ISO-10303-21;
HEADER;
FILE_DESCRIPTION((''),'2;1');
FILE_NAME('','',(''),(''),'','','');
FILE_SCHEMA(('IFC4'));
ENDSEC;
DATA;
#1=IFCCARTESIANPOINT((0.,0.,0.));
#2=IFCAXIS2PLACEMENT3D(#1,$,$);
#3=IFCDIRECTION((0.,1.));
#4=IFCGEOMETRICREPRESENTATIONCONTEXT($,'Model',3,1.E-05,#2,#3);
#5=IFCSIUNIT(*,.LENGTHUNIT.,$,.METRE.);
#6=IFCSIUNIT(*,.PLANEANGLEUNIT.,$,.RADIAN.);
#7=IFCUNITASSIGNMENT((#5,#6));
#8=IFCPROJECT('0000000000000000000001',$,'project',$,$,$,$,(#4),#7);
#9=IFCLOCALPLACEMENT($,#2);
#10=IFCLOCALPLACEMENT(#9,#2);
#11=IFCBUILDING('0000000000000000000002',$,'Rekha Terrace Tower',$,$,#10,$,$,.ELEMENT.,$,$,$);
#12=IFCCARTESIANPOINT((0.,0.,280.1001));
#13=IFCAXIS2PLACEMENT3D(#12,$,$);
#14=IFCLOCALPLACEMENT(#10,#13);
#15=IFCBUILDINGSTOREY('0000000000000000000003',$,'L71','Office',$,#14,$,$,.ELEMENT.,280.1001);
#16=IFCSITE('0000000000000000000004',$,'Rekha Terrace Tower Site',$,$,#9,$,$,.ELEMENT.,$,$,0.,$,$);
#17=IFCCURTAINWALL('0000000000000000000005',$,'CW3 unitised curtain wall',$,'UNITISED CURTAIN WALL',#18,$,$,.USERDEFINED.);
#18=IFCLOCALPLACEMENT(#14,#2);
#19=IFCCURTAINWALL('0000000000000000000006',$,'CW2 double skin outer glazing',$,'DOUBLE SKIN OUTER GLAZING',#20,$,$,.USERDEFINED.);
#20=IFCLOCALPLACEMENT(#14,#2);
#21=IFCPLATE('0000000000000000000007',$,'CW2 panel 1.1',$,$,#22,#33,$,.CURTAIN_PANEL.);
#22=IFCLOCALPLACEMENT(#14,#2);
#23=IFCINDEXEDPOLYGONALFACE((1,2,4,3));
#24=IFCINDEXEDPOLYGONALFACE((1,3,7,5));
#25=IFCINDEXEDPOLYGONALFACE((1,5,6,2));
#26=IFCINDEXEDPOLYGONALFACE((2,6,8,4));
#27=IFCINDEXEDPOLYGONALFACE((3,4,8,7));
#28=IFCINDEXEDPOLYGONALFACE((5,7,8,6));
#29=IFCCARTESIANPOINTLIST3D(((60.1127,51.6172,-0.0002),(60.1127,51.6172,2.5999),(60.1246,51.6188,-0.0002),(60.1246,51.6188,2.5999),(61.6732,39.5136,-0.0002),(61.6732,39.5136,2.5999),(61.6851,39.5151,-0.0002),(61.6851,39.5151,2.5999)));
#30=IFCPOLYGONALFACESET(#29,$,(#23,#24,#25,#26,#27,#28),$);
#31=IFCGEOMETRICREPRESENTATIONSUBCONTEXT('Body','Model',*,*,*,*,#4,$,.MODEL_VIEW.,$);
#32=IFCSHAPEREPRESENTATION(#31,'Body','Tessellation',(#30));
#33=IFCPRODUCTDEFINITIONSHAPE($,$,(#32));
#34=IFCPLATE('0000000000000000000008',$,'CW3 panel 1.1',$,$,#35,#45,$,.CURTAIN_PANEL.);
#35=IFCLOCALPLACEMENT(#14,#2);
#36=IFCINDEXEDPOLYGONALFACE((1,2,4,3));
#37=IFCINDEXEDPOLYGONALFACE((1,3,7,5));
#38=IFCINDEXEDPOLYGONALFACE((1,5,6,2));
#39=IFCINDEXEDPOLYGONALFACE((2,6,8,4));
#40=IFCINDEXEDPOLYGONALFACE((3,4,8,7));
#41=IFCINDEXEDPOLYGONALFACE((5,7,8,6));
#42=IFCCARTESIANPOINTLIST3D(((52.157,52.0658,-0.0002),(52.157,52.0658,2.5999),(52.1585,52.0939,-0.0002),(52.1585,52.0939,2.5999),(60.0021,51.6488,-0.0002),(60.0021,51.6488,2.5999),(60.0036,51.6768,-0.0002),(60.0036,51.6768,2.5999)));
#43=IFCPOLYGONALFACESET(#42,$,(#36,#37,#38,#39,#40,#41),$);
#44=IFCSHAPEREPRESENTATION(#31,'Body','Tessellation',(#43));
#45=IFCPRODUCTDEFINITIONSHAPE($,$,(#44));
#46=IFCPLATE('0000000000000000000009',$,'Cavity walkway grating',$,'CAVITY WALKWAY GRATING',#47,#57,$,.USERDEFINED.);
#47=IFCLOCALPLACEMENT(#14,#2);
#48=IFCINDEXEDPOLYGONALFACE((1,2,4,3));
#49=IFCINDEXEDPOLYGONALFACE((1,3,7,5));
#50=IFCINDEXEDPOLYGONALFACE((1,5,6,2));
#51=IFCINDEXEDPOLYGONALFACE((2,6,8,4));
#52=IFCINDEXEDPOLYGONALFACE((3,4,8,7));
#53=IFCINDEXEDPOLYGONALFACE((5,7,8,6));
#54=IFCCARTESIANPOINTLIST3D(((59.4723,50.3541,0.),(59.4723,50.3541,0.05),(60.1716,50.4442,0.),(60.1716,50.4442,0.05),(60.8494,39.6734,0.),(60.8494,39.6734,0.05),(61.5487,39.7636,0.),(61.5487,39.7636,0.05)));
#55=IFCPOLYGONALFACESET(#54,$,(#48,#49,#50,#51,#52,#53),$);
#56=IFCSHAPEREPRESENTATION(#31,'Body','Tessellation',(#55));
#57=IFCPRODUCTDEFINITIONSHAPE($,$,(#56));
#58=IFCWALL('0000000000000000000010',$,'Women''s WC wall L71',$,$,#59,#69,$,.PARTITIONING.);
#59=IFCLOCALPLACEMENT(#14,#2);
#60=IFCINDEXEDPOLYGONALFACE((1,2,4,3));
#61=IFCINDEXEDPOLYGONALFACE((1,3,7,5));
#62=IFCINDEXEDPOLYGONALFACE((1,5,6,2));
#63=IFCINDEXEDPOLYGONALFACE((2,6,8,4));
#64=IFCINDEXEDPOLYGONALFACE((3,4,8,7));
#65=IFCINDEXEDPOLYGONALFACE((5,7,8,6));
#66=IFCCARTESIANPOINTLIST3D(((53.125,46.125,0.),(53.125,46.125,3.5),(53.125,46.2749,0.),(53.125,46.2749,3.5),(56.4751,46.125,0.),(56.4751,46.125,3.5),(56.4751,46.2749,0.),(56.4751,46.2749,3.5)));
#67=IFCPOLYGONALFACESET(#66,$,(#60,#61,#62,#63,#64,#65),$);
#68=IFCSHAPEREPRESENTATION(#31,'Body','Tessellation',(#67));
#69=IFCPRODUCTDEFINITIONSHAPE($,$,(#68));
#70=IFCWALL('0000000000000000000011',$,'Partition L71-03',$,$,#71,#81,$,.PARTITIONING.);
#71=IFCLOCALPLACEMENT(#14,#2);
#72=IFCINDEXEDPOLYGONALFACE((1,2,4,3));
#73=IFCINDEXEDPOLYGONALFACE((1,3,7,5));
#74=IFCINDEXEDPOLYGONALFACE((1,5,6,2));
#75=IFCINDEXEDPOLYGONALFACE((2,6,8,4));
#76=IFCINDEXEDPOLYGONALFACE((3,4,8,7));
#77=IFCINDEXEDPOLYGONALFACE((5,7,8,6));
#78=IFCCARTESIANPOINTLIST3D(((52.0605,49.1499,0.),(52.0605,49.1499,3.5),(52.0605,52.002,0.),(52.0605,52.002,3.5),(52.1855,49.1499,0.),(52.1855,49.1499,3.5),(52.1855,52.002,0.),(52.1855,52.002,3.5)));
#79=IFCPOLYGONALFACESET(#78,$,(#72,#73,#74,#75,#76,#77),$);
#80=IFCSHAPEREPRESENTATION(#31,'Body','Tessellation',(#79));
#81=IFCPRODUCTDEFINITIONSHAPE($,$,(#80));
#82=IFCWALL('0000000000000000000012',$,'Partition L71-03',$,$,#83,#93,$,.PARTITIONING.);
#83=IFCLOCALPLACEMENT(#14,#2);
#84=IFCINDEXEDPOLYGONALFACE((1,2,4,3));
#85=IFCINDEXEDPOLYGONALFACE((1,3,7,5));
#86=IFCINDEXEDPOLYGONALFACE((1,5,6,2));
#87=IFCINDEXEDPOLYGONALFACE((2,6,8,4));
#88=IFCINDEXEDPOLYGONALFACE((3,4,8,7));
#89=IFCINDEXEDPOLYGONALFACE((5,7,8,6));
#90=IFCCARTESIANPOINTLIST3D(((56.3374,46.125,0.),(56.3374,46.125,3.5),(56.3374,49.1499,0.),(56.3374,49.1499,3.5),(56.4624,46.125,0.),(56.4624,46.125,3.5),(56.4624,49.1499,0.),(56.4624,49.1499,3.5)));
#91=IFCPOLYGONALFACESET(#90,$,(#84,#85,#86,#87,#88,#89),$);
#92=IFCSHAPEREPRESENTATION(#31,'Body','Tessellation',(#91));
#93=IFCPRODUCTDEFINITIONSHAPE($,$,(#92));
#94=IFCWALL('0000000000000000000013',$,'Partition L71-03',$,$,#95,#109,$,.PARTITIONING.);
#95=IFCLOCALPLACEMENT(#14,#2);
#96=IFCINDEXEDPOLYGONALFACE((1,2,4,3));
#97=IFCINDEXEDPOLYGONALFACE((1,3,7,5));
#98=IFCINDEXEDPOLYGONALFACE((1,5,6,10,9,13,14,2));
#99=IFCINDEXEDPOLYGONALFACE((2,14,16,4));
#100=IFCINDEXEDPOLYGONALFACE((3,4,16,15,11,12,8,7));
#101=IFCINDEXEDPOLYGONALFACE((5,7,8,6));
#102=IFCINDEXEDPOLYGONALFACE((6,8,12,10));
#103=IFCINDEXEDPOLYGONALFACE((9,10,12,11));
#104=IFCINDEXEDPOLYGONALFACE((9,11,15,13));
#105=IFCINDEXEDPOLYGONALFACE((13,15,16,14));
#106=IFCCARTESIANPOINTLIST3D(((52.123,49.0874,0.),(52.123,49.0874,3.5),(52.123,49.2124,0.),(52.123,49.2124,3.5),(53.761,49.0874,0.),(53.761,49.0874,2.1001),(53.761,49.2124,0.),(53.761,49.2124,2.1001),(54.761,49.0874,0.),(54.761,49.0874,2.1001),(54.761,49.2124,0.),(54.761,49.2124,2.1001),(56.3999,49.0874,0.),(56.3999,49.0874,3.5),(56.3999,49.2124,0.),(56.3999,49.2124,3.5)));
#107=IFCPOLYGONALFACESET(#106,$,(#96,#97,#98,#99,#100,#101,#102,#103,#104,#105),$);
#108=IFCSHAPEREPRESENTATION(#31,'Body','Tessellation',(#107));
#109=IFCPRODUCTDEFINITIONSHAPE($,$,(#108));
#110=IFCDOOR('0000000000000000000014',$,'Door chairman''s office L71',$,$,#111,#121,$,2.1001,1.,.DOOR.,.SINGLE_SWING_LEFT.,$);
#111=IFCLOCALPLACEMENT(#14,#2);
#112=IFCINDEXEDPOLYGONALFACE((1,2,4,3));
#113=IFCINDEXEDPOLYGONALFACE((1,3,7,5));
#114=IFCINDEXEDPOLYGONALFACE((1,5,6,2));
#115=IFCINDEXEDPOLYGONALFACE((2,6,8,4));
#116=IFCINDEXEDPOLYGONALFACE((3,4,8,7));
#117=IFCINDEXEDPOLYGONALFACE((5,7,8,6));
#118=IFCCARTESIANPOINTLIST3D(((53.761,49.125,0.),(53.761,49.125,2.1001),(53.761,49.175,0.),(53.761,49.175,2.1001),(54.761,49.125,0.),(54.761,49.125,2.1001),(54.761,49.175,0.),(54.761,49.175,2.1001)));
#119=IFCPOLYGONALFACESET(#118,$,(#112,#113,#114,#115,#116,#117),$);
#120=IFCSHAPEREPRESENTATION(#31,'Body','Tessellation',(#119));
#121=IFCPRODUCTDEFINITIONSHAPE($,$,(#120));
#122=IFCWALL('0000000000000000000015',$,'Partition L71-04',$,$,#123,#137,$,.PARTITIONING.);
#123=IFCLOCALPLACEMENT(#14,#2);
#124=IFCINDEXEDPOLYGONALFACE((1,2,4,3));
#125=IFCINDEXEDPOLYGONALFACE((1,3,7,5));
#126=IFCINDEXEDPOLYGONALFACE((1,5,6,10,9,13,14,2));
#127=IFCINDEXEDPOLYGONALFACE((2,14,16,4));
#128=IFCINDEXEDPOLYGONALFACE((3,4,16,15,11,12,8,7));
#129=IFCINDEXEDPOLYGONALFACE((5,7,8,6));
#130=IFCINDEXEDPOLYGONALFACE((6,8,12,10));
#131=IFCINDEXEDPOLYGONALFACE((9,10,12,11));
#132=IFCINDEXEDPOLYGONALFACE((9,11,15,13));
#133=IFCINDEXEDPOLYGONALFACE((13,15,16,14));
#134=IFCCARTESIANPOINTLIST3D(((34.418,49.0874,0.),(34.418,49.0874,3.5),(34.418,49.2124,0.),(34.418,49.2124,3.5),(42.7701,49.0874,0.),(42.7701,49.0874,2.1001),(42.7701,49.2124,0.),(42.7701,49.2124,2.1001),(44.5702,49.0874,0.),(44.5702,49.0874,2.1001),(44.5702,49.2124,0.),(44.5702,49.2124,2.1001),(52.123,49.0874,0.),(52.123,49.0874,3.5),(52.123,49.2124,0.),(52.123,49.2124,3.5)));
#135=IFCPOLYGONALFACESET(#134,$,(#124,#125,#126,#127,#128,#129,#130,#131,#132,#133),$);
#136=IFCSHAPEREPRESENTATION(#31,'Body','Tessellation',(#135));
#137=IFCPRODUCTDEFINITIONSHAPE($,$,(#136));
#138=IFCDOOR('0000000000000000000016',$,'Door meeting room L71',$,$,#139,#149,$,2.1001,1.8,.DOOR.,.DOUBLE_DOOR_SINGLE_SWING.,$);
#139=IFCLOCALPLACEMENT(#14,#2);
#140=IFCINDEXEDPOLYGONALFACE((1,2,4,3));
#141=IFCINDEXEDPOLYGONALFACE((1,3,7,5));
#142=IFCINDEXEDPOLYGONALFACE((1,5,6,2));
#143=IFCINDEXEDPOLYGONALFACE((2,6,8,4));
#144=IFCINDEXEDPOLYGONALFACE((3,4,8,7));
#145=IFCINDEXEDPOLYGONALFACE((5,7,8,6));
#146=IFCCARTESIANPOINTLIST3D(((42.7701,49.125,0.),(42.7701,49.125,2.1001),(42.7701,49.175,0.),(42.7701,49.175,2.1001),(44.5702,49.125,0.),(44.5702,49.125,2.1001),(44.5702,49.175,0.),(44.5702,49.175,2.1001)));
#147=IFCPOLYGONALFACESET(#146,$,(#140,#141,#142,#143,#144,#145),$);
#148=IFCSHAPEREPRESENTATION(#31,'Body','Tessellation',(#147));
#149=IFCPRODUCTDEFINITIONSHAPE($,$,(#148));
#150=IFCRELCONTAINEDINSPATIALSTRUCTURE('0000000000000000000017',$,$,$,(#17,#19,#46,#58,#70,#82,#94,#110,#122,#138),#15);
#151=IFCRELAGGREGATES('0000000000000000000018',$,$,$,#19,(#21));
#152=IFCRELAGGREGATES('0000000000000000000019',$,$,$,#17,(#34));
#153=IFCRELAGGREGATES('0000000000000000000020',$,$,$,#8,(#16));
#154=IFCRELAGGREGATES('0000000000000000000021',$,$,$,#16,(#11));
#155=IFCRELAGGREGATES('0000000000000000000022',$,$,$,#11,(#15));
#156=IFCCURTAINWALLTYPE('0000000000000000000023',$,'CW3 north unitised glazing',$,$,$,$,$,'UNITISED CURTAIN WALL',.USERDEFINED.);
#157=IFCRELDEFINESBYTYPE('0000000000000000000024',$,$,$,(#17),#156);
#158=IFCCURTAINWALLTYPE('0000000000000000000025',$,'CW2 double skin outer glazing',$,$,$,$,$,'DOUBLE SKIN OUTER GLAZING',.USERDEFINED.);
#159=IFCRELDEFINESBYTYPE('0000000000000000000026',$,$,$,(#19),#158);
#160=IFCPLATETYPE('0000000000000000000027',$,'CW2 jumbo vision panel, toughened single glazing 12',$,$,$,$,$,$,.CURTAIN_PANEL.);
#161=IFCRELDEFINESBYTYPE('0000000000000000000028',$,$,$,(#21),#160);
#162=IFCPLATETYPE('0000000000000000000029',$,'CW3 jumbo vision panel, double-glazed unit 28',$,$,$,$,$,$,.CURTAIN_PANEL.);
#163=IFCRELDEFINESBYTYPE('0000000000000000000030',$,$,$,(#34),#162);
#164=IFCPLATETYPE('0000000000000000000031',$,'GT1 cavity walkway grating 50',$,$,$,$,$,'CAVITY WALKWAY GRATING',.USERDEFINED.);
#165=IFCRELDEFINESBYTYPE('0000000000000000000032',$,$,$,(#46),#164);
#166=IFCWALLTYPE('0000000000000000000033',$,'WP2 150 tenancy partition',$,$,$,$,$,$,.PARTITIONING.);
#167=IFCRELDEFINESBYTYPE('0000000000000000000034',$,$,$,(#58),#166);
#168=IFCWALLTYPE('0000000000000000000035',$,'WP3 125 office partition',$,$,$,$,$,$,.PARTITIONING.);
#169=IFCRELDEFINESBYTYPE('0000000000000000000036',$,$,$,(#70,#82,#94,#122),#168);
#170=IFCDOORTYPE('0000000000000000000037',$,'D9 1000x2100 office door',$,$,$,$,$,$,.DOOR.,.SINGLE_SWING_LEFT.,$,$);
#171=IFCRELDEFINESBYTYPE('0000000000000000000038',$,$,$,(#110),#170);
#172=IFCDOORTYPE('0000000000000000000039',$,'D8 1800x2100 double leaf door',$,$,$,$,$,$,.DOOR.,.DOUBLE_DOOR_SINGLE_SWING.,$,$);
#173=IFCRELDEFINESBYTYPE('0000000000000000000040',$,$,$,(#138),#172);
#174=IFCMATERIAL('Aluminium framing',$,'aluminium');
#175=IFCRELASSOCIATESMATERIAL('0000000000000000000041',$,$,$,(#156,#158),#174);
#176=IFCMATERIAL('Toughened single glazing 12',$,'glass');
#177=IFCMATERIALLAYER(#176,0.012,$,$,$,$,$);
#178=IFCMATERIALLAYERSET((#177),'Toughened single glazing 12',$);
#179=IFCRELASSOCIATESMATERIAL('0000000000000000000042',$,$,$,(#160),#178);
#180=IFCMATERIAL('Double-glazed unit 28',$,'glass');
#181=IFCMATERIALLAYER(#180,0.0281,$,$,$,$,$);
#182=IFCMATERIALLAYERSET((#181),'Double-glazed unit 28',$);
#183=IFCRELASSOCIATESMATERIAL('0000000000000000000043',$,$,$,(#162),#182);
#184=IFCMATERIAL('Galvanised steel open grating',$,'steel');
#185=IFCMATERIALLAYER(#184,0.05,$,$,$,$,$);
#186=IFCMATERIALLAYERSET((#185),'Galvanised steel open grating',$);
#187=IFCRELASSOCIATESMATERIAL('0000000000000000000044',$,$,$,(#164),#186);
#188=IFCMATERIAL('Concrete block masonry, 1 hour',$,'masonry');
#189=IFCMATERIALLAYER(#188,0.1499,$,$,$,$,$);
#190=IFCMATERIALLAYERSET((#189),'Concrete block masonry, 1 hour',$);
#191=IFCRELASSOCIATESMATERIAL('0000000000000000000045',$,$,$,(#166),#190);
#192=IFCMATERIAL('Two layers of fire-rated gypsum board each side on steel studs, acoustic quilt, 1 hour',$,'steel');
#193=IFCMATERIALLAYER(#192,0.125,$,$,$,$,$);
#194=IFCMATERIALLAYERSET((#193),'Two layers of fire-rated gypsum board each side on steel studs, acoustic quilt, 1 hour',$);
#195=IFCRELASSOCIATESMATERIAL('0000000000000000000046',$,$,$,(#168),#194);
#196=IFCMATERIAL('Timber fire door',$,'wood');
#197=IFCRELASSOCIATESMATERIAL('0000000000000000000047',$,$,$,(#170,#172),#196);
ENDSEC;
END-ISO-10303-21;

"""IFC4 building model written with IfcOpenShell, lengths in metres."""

from ifc_helpers import new_model, si_unit, direction, frame, frame_2d, origin, origin_2d, place, context, subcontext, project, spatial, rectangle, extrude, material, layer, layer_set, type_object, element, fill, aggregate, save


model = new_model("IFC4")

# Units and contexts
model_context = context("Model", 3, precision=1e-05, world=origin(), true_north=direction((0.0, 1.0)))
body_context = subcontext(model_context, "Body", "Model", "MODEL_VIEW")
ifc_project = project(units=[si_unit("LENGTHUNIT", "METRE"), si_unit("PLANEANGLEUNIT", "RADIAN")], contexts=[model_context])

# Site, building, storey
site_placement = place(None, origin())
site = spatial("IfcSite", under=ifc_project, at=site_placement, Name="Rekha Terrace Tower Site", CompositionType="ELEMENT", RefElevation=0.0)
building_placement = place(site_placement, origin())
building = spatial("IfcBuilding", under=site, at=building_placement, Name="Rekha Terrace Tower", CompositionType="ELEMENT")
storey_placement = place(building_placement, frame((0.0, 0.0, 280.1001)))
storey = spatial("IfcBuildingStorey", under=building, at=storey_placement, Name="L71", Description="Office", CompositionType="ELEMENT", Elevation=280.1001)

# Curtain walls
ifc_material_1 = material(Name="Aluminium framing", Category="aluminium")
curtain_wall_type_1 = type_object("IfcCurtainWallType", Name="CW3 north unitised glazing", ElementType="UNITISED CURTAIN WALL", PredefinedType="USERDEFINED", material=ifc_material_1)
curtain_wall_1_placement = place(storey_placement, origin())
curtain_wall_1 = element("IfcCurtainWall", 1, at=curtain_wall_1_placement, inside=storey, type_object=curtain_wall_type_1, Name="CW3 unitised curtain wall", ObjectType="UNITISED CURTAIN WALL", PredefinedType="USERDEFINED")
curtain_wall_type_2 = type_object("IfcCurtainWallType", Name="CW2 double skin outer glazing", ElementType="DOUBLE SKIN OUTER GLAZING", PredefinedType="USERDEFINED", material=ifc_material_1)
curtain_wall_2_placement = place(storey_placement, origin())
curtain_wall_2 = element("IfcCurtainWall", 2, at=curtain_wall_2_placement, inside=storey, type_object=curtain_wall_type_2, Name="CW2 double skin outer glazing", ObjectType="DOUBLE SKIN OUTER GLAZING", PredefinedType="USERDEFINED")

# Plates
ifc_material_2 = material(Name="Toughened single glazing 12", Category="glass")
ifc_layer_1 = layer(ifc_material_2, 0.012)
ifc_layer_set_1 = layer_set([ifc_layer_1], Name="Toughened single glazing 12")
plate_type_1 = type_object("IfcPlateType", Name="CW2 jumbo vision panel, toughened single glazing 12", PredefinedType="CURTAIN_PANEL", material=ifc_layer_set_1)
plate_1_placement = place(storey_placement, frame((60.8989, 45.5662, -0.0002), z_axis=(0.0, 0.0, 1.0), x_axis=(-0.12787, 0.991791, 0.0)))
plate_1 = element("IfcPlate", 3, at=plate_1_placement, type_object=plate_type_1, Name="CW2 panel 1.1", PredefinedType="CURTAIN_PANEL", context=body_context, shape_type="SweptSolid", body=[
    extrude(rectangle(XDim=12.2039, YDim=0.012, at=origin_2d()), origin(), (0.0, 0.0, 1.0), 2.6001),
])
aggregate(curtain_wall_2, [plate_1])
ifc_material_3 = material(Name="Double-glazed unit 28", Category="glass")
ifc_layer_2 = layer(ifc_material_3, 0.0281)
ifc_layer_set_2 = layer_set([ifc_layer_2], Name="Double-glazed unit 28")
plate_type_2 = type_object("IfcPlateType", Name="CW3 jumbo vision panel, double-glazed unit 28", PredefinedType="CURTAIN_PANEL", material=ifc_layer_set_2)
plate_2_placement = place(storey_placement, frame((56.0803, 51.8713, -0.0002), z_axis=(0.0, 0.0, 1.0), x_axis=(-0.99859, 0.053083, 0.0)))
plate_2 = element("IfcPlate", 4, at=plate_2_placement, type_object=plate_type_2, Name="CW3 panel 1.1", PredefinedType="CURTAIN_PANEL", context=body_context, shape_type="SweptSolid", body=[
    extrude(rectangle(XDim=7.8562, YDim=0.0281, at=origin_2d()), origin(), (0.0, 0.0, 1.0), 2.6001),
])
aggregate(curtain_wall_1, [plate_2])
ifc_material_4 = material(Name="Galvanised steel open grating", Category="steel")
ifc_layer_3 = layer(ifc_material_4, 0.05)
ifc_layer_set_3 = layer_set([ifc_layer_3], Name="Galvanised steel open grating")
plate_type_3 = type_object("IfcPlateType", Name="GT1 cavity walkway grating 50", ElementType="CAVITY WALKWAY GRATING", PredefinedType="USERDEFINED", material=ifc_layer_set_3)
plate_3_placement = place(storey_placement, frame((60.5105, 45.0588, 0.0), z_axis=(0.0, 0.0, 1.0), x_axis=(-0.12787, 0.991791, 0.0)))
element("IfcPlate", 5, at=plate_3_placement, inside=storey, type_object=plate_type_3, Name="Cavity walkway grating", ObjectType="CAVITY WALKWAY GRATING", PredefinedType="USERDEFINED", context=body_context, shape_type="SweptSolid", body=[
    extrude(rectangle(XDim=10.769, YDim=0.7051, at=origin_2d()), origin(), (0.0, 0.0, 1.0), 0.05),
])

# Walls
ifc_material_5 = material(Name="Concrete block masonry, 1 hour", Category="masonry")
ifc_layer_4 = layer(ifc_material_5, 0.1499)
ifc_layer_set_4 = layer_set([ifc_layer_4], Name="Concrete block masonry, 1 hour")
wall_type_1 = type_object("IfcWallType", Name="WP2 150 tenancy partition", PredefinedType="PARTITIONING", material=ifc_layer_set_4)
wall_1_placement = place(storey_placement, frame((53.125, 46.2, 0.0), z_axis=(0.0, 0.0, 1.0), x_axis=(1.0, 0.0, 0.0)))
element("IfcWall", 6, at=wall_1_placement, inside=storey, type_object=wall_type_1, Name="Women's WC wall L71", PredefinedType="PARTITIONING", context=body_context, shape_type="SweptSolid", body=[
    extrude(rectangle(XDim=3.3501, YDim=0.1499, at=frame_2d((1.675, 0.0))), origin(), (0.0, 0.0, 1.0), 3.5),
])
ifc_material_6 = material(Name="Two layers of fire-rated gypsum board each side on steel studs, acoustic quilt, 1 hour", Category="steel")
ifc_layer_5 = layer(ifc_material_6, 0.125)
ifc_layer_set_5 = layer_set([ifc_layer_5], Name="Two layers of fire-rated gypsum board each side on steel studs, acoustic quilt, 1 hour")
wall_type_2 = type_object("IfcWallType", Name="WP3 125 office partition", PredefinedType="PARTITIONING", material=ifc_layer_set_5)
wall_2_placement = place(storey_placement, frame((52.123, 49.1499, 0.0), z_axis=(0.0, 0.0, 1.0), x_axis=(0.0, 1.0, 0.0)))
element("IfcWall", 7, at=wall_2_placement, inside=storey, type_object=wall_type_2, Name="Partition L71-03", PredefinedType="PARTITIONING", context=body_context, shape_type="SweptSolid", body=[
    extrude(rectangle(XDim=2.8521, YDim=0.125, at=frame_2d((1.426, 0.0))), origin(), (0.0, 0.0, 1.0), 3.5),
])
wall_3_placement = place(storey_placement, frame((56.3999, 46.125, 0.0), z_axis=(0.0, 0.0, 1.0), x_axis=(0.0, 1.0, 0.0)))
element("IfcWall", 8, at=wall_3_placement, inside=storey, type_object=wall_type_2, Name="Partition L71-03", PredefinedType="PARTITIONING", context=body_context, shape_type="SweptSolid", body=[
    extrude(rectangle(XDim=3.0249, YDim=0.125, at=frame_2d((1.5125, 0.0))), origin(), (0.0, 0.0, 1.0), 3.5),
])

# Walls, openings, doors
wall_4_placement = place(storey_placement, frame((56.3999, 49.1499, 0.0), z_axis=(0.0, 0.0, 1.0), x_axis=(-1.0, 0.0, 0.0)))
wall_4 = element("IfcWall", 9, at=wall_4_placement, inside=storey, type_object=wall_type_2, Name="Partition L71-03", PredefinedType="PARTITIONING", context=body_context, shape_type="SweptSolid", body=[
    extrude(rectangle(XDim=4.2769, YDim=0.125, at=frame_2d((2.1384, 0.0))), origin(), (0.0, 0.0, 1.0), 3.5),
])
opening_1_placement = place(wall_4_placement, frame((1.6389, 0.0, 0.0)))
opening_1 = element("IfcOpeningElement", 10, at=opening_1_placement, cuts=wall_4, PredefinedType="OPENING", context=body_context, shape_type="SweptSolid", body=[
    extrude(rectangle(XDim=1.0, YDim=2.1001, at=frame_2d((0.5, 1.05))), frame((0.0, 0.0725, 0.0), z_axis=(0.0, -1.0, 0.0), x_axis=(1.0, 0.0, 0.0)), (0.0, 0.0, 1.0), 0.145),
])
ifc_material_7 = material(Name="Timber fire door", Category="wood")
door_type_1 = type_object("IfcDoorType", Name="D9 1000x2100 office door", OperationType="SINGLE_SWING_LEFT", PredefinedType="DOOR", material=ifc_material_7)
door_1_placement = place(opening_1_placement, origin())
door_1 = element("IfcDoor", 11, at=door_1_placement, inside=storey, type_object=door_type_1, Name="Door chairman's office L71", OperationType="SINGLE_SWING_LEFT", OverallHeight=2.1001, OverallWidth=1.0, PredefinedType="DOOR", context=body_context, shape_type="SweptSolid", body=[
    extrude(rectangle(XDim=1.0, YDim=2.1001, at=frame_2d((0.5, 1.05))), frame((0.0, 0.0249, 0.0), z_axis=(0.0, -1.0, 0.0), x_axis=(1.0, 0.0, 0.0)), (0.0, 0.0, 1.0), 0.05),
])
fill(opening_1, door_1)
wall_5_placement = place(storey_placement, frame((52.123, 49.1499, 0.0), z_axis=(0.0, 0.0, 1.0), x_axis=(-1.0, 0.0, 0.0)))
wall_5 = element("IfcWall", 12, at=wall_5_placement, inside=storey, type_object=wall_type_2, Name="Partition L71-04", PredefinedType="PARTITIONING", context=body_context, shape_type="SweptSolid", body=[
    extrude(rectangle(XDim=17.7051, YDim=0.125, at=frame_2d((8.8525, 0.0))), origin(), (0.0, 0.0, 1.0), 3.5),
])
opening_2_placement = place(wall_5_placement, frame((7.553, 0.0, 0.0)))
opening_2 = element("IfcOpeningElement", 13, at=opening_2_placement, cuts=wall_5, PredefinedType="OPENING", context=body_context, shape_type="SweptSolid", body=[
    extrude(rectangle(XDim=1.8, YDim=2.1001, at=frame_2d((0.8999, 1.05))), frame((0.0, 0.0725, 0.0), z_axis=(0.0, -1.0, 0.0), x_axis=(1.0, 0.0, 0.0)), (0.0, 0.0, 1.0), 0.145),
])
door_type_2 = type_object("IfcDoorType", Name="D8 1800x2100 double leaf door", OperationType="DOUBLE_DOOR_SINGLE_SWING", PredefinedType="DOOR", material=ifc_material_7)
door_2_placement = place(opening_2_placement, origin())
door_2 = element("IfcDoor", 14, at=door_2_placement, inside=storey, type_object=door_type_2, Name="Door meeting room L71", OperationType="DOUBLE_DOOR_SINGLE_SWING", OverallHeight=2.1001, OverallWidth=1.8, PredefinedType="DOOR", context=body_context, shape_type="SweptSolid", body=[
    extrude(rectangle(XDim=1.8, YDim=2.1001, at=frame_2d((0.8999, 1.05))), frame((0.0, 0.0249, 0.0), z_axis=(0.0, -1.0, 0.0), x_axis=(1.0, 0.0, 0.0)), (0.0, 0.0, 1.0), 0.05),
])
fill(opening_2, door_2)

save(model, "model.ifc")
